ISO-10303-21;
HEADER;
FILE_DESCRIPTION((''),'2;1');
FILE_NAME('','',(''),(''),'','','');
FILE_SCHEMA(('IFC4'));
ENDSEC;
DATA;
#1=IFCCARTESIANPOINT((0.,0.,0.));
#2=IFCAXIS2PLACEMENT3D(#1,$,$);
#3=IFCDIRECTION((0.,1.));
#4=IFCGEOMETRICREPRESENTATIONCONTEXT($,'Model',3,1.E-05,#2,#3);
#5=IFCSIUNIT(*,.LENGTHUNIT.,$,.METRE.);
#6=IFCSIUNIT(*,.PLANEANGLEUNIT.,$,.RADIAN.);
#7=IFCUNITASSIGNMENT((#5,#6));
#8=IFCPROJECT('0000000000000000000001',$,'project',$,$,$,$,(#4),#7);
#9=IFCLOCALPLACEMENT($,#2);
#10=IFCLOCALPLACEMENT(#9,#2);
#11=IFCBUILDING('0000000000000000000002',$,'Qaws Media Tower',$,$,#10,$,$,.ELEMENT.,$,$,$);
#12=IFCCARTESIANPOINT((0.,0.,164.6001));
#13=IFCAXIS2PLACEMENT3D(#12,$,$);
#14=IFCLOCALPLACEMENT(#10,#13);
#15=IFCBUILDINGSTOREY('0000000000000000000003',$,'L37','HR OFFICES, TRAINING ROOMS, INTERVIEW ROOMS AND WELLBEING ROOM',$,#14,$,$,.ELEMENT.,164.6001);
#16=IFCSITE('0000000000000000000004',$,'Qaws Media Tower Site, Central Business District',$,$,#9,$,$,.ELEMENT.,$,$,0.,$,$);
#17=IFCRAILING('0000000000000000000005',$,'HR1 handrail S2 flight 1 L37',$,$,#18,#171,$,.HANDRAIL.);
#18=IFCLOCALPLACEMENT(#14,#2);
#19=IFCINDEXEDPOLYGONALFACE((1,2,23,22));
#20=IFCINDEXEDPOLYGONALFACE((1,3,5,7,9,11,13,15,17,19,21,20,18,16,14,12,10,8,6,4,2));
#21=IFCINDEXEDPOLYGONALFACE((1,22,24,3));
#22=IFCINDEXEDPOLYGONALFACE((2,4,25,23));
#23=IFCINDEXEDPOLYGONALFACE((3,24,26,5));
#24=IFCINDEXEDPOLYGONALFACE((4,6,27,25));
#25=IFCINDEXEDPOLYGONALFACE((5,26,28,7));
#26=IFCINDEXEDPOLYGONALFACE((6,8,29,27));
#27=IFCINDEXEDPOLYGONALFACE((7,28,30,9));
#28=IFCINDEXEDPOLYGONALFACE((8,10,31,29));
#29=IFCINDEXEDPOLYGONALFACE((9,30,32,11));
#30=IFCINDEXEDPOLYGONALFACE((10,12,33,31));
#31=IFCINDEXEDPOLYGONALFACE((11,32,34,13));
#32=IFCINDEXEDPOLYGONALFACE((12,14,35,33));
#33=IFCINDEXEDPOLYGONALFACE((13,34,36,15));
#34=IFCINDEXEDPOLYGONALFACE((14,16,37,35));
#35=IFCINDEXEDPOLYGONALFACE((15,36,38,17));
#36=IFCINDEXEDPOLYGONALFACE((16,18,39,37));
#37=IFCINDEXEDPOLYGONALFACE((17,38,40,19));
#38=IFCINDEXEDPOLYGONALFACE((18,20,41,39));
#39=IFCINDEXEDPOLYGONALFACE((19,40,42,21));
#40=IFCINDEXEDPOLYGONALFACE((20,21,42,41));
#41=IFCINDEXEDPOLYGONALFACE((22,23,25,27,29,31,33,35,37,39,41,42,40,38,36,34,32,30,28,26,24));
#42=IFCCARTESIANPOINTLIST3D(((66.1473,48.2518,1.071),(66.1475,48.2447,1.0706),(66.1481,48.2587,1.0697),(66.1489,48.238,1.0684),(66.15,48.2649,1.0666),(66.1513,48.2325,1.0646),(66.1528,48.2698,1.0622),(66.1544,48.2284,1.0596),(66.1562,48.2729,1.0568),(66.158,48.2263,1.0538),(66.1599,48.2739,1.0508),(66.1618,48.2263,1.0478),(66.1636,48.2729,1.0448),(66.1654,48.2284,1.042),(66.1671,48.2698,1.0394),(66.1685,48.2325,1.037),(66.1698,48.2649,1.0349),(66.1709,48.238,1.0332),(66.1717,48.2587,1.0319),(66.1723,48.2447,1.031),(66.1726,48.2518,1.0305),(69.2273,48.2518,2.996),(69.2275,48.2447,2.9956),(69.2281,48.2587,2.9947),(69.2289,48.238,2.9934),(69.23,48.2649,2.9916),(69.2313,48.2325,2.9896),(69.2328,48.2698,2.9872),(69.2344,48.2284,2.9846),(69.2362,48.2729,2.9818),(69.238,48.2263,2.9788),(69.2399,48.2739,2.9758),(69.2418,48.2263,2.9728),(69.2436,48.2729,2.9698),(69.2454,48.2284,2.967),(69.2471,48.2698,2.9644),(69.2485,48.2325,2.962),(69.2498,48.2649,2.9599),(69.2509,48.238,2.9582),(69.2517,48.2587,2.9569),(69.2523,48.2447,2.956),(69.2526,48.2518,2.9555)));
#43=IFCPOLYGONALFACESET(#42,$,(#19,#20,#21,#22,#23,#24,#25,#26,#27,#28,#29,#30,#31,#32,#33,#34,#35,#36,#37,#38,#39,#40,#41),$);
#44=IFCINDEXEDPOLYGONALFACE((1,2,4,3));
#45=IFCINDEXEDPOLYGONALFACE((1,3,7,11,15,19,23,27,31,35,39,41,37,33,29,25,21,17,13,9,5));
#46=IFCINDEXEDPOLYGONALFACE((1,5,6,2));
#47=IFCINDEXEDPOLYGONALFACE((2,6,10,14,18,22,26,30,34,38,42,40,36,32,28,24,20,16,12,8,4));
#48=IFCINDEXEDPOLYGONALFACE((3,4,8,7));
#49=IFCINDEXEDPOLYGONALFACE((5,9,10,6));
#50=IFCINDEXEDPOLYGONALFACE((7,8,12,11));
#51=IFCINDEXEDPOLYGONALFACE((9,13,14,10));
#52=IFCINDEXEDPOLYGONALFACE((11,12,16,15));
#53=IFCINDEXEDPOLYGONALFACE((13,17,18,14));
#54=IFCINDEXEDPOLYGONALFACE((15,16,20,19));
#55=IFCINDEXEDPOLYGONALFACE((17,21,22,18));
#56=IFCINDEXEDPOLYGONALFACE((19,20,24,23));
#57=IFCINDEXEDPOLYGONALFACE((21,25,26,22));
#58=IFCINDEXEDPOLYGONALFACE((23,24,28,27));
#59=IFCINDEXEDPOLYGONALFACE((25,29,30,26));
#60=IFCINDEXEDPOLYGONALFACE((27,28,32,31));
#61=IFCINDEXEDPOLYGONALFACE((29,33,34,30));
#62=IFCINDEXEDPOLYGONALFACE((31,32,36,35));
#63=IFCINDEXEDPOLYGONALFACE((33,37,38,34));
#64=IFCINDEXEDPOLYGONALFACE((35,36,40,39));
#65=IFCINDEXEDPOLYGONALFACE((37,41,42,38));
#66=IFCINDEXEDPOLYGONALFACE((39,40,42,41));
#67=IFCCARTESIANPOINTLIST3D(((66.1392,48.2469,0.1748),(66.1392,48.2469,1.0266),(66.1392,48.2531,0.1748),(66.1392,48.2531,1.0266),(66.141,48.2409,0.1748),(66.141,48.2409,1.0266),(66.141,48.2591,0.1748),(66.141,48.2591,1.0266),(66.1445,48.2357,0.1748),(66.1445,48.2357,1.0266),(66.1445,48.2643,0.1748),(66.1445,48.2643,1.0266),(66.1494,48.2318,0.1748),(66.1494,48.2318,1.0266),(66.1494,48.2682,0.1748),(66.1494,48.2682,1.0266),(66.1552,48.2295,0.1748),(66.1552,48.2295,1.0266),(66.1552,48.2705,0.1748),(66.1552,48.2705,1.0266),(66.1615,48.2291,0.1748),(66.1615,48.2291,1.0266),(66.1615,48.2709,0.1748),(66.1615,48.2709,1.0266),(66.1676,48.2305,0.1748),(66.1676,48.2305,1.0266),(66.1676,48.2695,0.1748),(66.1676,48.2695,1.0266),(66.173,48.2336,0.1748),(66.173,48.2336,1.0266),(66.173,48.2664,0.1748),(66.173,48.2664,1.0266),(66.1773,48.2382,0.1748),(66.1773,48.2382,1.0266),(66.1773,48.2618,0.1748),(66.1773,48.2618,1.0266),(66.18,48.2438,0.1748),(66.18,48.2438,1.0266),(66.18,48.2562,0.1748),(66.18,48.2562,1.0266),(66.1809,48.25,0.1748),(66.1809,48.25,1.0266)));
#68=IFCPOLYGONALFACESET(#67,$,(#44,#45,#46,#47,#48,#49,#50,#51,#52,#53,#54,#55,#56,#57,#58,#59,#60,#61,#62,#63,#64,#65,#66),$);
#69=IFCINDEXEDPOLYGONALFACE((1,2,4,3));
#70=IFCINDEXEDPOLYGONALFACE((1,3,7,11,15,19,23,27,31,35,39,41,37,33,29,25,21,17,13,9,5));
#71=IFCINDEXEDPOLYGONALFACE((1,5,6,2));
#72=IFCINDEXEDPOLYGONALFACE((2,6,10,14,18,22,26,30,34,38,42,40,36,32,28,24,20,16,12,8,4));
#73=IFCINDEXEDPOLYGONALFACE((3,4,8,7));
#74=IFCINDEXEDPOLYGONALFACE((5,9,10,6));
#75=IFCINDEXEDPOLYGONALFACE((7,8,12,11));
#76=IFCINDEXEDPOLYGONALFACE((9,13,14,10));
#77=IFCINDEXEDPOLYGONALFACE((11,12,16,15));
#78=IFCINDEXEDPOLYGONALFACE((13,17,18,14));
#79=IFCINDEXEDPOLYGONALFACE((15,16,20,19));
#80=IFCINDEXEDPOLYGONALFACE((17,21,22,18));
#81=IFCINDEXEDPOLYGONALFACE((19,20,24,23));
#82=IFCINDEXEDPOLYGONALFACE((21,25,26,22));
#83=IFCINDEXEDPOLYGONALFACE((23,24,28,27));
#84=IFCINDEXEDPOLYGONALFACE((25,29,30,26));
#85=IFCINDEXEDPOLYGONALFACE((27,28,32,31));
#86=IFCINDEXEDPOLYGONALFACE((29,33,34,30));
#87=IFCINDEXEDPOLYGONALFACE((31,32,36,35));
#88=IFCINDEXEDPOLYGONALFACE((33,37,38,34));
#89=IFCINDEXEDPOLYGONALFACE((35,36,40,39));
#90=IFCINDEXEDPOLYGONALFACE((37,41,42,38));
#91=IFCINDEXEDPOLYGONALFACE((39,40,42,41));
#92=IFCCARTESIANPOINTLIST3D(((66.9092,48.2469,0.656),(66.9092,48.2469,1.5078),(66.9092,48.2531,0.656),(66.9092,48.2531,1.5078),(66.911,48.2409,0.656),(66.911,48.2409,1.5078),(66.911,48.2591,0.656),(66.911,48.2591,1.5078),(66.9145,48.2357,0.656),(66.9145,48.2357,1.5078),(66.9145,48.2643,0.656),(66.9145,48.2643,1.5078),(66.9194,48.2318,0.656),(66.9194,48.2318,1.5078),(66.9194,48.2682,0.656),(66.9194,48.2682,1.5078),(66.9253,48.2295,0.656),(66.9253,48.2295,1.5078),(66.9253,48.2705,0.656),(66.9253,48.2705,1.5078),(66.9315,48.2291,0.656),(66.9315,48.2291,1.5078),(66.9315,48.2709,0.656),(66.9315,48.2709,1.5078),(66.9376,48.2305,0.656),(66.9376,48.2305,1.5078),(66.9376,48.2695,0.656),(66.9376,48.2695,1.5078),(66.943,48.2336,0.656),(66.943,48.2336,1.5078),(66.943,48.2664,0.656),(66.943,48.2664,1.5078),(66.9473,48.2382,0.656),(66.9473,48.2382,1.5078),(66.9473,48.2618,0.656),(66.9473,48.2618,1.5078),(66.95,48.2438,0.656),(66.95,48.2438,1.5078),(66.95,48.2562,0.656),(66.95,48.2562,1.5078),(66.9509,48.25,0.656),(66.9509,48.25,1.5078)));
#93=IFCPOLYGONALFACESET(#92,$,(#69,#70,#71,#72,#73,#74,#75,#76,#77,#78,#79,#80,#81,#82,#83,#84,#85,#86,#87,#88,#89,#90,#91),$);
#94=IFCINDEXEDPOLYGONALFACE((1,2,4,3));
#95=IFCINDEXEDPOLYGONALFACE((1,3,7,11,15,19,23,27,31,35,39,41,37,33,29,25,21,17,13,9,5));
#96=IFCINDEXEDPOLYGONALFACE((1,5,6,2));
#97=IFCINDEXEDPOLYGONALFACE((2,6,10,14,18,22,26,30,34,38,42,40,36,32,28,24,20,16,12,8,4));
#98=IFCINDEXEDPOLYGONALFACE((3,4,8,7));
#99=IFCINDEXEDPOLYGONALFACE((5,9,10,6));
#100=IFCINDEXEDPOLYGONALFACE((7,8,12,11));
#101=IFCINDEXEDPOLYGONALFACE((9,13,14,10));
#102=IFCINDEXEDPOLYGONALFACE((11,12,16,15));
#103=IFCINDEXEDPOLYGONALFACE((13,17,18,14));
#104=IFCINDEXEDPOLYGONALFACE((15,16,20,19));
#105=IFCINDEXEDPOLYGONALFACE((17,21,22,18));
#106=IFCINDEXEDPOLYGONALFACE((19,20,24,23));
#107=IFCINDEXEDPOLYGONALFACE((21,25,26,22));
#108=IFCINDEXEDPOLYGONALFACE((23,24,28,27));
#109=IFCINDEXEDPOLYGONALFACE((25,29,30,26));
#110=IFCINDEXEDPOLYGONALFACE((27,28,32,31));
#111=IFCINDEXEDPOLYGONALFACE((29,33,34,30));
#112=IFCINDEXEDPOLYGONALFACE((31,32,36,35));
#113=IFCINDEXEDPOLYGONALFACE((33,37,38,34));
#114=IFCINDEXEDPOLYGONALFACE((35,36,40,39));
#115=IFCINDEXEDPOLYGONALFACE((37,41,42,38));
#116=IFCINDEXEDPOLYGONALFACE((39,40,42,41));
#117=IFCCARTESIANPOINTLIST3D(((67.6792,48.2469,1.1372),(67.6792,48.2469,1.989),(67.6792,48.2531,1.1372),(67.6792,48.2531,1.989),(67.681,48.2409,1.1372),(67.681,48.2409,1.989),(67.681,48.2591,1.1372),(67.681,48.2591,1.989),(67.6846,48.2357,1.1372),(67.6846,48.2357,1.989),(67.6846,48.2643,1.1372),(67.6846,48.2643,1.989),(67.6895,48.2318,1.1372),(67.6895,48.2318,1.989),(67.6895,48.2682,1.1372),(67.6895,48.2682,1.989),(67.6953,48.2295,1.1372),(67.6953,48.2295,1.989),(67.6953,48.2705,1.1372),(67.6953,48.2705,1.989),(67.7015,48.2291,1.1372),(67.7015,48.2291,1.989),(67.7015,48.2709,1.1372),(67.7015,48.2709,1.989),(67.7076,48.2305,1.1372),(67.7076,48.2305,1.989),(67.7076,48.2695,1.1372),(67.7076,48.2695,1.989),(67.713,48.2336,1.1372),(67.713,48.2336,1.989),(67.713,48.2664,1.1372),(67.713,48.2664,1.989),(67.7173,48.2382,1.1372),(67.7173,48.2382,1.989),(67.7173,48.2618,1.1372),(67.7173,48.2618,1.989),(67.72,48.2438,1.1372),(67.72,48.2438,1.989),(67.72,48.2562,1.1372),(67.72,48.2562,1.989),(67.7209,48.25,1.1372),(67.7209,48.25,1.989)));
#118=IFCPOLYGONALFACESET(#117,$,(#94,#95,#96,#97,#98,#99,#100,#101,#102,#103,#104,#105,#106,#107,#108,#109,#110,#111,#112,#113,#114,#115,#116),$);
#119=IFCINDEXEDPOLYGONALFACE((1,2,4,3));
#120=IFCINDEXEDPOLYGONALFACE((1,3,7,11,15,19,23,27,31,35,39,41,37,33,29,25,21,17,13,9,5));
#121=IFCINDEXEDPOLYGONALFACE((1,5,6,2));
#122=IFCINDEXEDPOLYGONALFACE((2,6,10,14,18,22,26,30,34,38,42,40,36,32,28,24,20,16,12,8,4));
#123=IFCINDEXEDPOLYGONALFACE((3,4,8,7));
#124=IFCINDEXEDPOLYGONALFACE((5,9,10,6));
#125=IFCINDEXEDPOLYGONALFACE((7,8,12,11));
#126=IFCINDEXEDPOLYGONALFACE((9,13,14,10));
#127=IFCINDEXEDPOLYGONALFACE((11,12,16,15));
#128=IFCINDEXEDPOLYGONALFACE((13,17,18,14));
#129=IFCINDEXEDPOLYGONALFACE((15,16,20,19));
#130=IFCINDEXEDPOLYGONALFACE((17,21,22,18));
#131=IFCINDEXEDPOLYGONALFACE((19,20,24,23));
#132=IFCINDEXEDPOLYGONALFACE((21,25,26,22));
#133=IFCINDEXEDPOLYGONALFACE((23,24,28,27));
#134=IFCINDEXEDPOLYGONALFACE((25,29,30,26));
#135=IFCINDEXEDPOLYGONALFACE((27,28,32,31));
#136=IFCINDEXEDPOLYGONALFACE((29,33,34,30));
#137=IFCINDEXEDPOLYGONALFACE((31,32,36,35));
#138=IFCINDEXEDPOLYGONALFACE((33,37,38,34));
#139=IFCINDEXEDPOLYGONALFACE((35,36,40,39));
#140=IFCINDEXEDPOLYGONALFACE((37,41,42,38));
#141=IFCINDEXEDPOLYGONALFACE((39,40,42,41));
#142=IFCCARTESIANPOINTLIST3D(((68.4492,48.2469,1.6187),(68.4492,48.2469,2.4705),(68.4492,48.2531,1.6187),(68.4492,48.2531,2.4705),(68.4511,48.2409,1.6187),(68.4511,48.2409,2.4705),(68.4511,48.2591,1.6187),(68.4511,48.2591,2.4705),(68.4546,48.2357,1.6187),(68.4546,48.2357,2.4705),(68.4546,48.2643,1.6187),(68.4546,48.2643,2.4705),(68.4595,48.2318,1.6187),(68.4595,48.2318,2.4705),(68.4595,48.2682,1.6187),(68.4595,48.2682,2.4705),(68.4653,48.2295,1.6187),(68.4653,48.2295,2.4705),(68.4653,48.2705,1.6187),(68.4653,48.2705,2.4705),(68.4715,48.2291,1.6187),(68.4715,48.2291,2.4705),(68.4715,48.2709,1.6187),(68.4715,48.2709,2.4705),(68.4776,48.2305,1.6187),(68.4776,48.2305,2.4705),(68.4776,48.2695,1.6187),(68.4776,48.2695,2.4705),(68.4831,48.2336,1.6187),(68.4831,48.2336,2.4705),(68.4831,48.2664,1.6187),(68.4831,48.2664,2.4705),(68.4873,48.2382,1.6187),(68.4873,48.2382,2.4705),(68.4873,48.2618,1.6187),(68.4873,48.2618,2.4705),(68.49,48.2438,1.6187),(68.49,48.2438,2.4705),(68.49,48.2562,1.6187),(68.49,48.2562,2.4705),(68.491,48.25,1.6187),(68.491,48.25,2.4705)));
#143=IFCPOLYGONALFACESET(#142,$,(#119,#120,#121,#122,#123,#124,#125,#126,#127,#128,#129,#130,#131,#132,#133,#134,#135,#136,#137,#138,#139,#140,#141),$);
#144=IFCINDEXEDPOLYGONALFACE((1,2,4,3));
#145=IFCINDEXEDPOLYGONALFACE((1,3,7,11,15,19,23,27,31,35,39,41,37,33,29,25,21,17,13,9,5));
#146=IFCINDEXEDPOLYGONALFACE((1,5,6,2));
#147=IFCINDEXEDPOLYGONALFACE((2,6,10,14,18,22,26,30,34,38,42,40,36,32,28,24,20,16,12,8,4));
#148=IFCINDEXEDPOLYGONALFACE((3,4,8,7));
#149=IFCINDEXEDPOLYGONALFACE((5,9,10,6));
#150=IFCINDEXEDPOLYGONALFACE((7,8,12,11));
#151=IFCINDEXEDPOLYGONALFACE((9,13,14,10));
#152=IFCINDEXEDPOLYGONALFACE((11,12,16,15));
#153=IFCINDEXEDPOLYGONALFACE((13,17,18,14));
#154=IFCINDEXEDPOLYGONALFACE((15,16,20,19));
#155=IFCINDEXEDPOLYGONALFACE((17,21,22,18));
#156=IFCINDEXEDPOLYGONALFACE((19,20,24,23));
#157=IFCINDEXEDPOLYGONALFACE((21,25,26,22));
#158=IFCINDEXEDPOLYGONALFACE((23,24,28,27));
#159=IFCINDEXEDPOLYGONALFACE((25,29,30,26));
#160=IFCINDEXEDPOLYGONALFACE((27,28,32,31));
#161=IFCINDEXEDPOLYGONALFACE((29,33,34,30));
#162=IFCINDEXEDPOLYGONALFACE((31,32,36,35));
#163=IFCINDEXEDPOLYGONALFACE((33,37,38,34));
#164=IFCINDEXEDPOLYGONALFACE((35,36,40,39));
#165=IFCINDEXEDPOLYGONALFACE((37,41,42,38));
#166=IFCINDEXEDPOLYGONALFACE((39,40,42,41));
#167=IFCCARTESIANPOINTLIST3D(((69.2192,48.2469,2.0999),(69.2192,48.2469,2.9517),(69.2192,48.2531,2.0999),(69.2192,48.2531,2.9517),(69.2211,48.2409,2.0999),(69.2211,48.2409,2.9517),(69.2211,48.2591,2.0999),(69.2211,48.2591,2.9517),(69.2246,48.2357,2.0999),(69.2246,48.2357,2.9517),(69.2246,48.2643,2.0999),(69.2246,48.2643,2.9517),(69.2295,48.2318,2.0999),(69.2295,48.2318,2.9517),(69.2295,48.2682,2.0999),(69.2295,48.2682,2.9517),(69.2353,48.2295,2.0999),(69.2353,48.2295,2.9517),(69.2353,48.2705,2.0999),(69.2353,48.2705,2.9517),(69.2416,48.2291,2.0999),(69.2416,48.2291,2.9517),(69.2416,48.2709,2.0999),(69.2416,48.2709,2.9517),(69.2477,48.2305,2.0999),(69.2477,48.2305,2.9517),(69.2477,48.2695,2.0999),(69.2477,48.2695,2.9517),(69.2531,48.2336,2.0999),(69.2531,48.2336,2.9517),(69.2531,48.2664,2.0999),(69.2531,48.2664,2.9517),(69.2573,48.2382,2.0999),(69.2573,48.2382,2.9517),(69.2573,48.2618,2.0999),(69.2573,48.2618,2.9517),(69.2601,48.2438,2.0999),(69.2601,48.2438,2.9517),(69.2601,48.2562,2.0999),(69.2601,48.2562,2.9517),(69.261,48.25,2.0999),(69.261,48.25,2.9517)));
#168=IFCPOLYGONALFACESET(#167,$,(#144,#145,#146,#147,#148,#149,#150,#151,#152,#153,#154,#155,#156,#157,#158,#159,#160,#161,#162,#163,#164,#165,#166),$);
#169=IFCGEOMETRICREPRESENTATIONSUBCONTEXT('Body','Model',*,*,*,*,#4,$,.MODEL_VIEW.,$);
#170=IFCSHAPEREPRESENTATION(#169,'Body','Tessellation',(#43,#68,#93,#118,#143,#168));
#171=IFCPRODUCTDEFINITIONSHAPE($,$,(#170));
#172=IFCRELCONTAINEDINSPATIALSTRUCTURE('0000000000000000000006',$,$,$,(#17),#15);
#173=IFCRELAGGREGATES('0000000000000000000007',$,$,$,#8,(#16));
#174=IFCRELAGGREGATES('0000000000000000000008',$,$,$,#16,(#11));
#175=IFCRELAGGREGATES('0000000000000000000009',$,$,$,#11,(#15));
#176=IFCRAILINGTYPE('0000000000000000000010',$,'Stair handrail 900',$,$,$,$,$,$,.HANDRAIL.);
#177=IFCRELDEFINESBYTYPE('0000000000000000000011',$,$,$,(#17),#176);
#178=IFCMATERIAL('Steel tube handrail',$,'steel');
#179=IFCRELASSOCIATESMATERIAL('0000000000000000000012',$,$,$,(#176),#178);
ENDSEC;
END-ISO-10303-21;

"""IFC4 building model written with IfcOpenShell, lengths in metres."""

from ifc_helpers import new_model, si_unit, direction, frame, origin, origin_2d, place, context, subcontext, project, spatial, circle, extrude, material, type_object, element, save


model = new_model("IFC4")

# Units and contexts
model_context = context("Model", 3, precision=1e-05, world=origin(), true_north=direction((0.0, 1.0)))
body_context = subcontext(model_context, "Body", "Model", "MODEL_VIEW")
ifc_project = project(units=[si_unit("LENGTHUNIT", "METRE"), si_unit("PLANEANGLEUNIT", "RADIAN")], contexts=[model_context])

# Site, building, storey
site_placement = place(None, origin())
site = spatial("IfcSite", under=ifc_project, at=site_placement, Name="Qaws Media Tower Site, Central Business District", CompositionType="ELEMENT", RefElevation=0.0)
building_placement = place(site_placement, origin())
building = spatial("IfcBuilding", under=site, at=building_placement, Name="Qaws Media Tower", CompositionType="ELEMENT")
storey_placement = place(building_placement, frame((0.0, 0.0, 164.6001)))
storey = spatial("IfcBuildingStorey", under=building, at=storey_placement, Name="L37", Description="HR OFFICES, TRAINING ROOMS, INTERVIEW ROOMS AND WELLBEING ROOM", CompositionType="ELEMENT", Elevation=164.6001)

# Railing
ifc_material_1 = material(Name="Steel tube handrail", Category="steel")
railing_type = type_object("IfcRailingType", Name="Stair handrail 900", PredefinedType="HANDRAIL", material=ifc_material_1)
for number, where, name in (
    (1, (66.1599, 48.25, 0.1748), "HR1 handrail S2 flight 1 L37"),
):
    element("IfcRailing", number, at=place(storey_placement, frame(where)), inside=storey, type_object=railing_type, Name=name, PredefinedType="HANDRAIL", context=body_context, shape_type="SweptSolid", body=[
        extrude(circle(Radius=0.0239, at=origin_2d()), frame((0.0, 0.0, 0.876), z_axis=(0.847998, 0.0, 0.529999), x_axis=(0.0, 1.0, 0.0)), (0.0, 0.0, 1.0), 3.6321),
        extrude(circle(Radius=0.021, at=origin_2d()), origin(), (0.0, 0.0, 1.0), 0.8518),
        extrude(circle(Radius=0.021, at=origin_2d()), frame((0.77, 0.0, 0.4812)), (0.0, 0.0, 1.0), 0.8518),
        extrude(circle(Radius=0.021, at=origin_2d()), frame((1.54, 0.0, 0.9624)), (0.0, 0.0, 1.0), 0.8518),
        extrude(circle(Radius=0.021, at=origin_2d()), frame((2.3101, 0.0, 1.4438)), (0.0, 0.0, 1.0), 0.8518),
        extrude(circle(Radius=0.021, at=origin_2d()), frame((3.0801, 0.0, 1.925)), (0.0, 0.0, 1.0), 0.8518),
    ])

save(model, "model.ifc")
